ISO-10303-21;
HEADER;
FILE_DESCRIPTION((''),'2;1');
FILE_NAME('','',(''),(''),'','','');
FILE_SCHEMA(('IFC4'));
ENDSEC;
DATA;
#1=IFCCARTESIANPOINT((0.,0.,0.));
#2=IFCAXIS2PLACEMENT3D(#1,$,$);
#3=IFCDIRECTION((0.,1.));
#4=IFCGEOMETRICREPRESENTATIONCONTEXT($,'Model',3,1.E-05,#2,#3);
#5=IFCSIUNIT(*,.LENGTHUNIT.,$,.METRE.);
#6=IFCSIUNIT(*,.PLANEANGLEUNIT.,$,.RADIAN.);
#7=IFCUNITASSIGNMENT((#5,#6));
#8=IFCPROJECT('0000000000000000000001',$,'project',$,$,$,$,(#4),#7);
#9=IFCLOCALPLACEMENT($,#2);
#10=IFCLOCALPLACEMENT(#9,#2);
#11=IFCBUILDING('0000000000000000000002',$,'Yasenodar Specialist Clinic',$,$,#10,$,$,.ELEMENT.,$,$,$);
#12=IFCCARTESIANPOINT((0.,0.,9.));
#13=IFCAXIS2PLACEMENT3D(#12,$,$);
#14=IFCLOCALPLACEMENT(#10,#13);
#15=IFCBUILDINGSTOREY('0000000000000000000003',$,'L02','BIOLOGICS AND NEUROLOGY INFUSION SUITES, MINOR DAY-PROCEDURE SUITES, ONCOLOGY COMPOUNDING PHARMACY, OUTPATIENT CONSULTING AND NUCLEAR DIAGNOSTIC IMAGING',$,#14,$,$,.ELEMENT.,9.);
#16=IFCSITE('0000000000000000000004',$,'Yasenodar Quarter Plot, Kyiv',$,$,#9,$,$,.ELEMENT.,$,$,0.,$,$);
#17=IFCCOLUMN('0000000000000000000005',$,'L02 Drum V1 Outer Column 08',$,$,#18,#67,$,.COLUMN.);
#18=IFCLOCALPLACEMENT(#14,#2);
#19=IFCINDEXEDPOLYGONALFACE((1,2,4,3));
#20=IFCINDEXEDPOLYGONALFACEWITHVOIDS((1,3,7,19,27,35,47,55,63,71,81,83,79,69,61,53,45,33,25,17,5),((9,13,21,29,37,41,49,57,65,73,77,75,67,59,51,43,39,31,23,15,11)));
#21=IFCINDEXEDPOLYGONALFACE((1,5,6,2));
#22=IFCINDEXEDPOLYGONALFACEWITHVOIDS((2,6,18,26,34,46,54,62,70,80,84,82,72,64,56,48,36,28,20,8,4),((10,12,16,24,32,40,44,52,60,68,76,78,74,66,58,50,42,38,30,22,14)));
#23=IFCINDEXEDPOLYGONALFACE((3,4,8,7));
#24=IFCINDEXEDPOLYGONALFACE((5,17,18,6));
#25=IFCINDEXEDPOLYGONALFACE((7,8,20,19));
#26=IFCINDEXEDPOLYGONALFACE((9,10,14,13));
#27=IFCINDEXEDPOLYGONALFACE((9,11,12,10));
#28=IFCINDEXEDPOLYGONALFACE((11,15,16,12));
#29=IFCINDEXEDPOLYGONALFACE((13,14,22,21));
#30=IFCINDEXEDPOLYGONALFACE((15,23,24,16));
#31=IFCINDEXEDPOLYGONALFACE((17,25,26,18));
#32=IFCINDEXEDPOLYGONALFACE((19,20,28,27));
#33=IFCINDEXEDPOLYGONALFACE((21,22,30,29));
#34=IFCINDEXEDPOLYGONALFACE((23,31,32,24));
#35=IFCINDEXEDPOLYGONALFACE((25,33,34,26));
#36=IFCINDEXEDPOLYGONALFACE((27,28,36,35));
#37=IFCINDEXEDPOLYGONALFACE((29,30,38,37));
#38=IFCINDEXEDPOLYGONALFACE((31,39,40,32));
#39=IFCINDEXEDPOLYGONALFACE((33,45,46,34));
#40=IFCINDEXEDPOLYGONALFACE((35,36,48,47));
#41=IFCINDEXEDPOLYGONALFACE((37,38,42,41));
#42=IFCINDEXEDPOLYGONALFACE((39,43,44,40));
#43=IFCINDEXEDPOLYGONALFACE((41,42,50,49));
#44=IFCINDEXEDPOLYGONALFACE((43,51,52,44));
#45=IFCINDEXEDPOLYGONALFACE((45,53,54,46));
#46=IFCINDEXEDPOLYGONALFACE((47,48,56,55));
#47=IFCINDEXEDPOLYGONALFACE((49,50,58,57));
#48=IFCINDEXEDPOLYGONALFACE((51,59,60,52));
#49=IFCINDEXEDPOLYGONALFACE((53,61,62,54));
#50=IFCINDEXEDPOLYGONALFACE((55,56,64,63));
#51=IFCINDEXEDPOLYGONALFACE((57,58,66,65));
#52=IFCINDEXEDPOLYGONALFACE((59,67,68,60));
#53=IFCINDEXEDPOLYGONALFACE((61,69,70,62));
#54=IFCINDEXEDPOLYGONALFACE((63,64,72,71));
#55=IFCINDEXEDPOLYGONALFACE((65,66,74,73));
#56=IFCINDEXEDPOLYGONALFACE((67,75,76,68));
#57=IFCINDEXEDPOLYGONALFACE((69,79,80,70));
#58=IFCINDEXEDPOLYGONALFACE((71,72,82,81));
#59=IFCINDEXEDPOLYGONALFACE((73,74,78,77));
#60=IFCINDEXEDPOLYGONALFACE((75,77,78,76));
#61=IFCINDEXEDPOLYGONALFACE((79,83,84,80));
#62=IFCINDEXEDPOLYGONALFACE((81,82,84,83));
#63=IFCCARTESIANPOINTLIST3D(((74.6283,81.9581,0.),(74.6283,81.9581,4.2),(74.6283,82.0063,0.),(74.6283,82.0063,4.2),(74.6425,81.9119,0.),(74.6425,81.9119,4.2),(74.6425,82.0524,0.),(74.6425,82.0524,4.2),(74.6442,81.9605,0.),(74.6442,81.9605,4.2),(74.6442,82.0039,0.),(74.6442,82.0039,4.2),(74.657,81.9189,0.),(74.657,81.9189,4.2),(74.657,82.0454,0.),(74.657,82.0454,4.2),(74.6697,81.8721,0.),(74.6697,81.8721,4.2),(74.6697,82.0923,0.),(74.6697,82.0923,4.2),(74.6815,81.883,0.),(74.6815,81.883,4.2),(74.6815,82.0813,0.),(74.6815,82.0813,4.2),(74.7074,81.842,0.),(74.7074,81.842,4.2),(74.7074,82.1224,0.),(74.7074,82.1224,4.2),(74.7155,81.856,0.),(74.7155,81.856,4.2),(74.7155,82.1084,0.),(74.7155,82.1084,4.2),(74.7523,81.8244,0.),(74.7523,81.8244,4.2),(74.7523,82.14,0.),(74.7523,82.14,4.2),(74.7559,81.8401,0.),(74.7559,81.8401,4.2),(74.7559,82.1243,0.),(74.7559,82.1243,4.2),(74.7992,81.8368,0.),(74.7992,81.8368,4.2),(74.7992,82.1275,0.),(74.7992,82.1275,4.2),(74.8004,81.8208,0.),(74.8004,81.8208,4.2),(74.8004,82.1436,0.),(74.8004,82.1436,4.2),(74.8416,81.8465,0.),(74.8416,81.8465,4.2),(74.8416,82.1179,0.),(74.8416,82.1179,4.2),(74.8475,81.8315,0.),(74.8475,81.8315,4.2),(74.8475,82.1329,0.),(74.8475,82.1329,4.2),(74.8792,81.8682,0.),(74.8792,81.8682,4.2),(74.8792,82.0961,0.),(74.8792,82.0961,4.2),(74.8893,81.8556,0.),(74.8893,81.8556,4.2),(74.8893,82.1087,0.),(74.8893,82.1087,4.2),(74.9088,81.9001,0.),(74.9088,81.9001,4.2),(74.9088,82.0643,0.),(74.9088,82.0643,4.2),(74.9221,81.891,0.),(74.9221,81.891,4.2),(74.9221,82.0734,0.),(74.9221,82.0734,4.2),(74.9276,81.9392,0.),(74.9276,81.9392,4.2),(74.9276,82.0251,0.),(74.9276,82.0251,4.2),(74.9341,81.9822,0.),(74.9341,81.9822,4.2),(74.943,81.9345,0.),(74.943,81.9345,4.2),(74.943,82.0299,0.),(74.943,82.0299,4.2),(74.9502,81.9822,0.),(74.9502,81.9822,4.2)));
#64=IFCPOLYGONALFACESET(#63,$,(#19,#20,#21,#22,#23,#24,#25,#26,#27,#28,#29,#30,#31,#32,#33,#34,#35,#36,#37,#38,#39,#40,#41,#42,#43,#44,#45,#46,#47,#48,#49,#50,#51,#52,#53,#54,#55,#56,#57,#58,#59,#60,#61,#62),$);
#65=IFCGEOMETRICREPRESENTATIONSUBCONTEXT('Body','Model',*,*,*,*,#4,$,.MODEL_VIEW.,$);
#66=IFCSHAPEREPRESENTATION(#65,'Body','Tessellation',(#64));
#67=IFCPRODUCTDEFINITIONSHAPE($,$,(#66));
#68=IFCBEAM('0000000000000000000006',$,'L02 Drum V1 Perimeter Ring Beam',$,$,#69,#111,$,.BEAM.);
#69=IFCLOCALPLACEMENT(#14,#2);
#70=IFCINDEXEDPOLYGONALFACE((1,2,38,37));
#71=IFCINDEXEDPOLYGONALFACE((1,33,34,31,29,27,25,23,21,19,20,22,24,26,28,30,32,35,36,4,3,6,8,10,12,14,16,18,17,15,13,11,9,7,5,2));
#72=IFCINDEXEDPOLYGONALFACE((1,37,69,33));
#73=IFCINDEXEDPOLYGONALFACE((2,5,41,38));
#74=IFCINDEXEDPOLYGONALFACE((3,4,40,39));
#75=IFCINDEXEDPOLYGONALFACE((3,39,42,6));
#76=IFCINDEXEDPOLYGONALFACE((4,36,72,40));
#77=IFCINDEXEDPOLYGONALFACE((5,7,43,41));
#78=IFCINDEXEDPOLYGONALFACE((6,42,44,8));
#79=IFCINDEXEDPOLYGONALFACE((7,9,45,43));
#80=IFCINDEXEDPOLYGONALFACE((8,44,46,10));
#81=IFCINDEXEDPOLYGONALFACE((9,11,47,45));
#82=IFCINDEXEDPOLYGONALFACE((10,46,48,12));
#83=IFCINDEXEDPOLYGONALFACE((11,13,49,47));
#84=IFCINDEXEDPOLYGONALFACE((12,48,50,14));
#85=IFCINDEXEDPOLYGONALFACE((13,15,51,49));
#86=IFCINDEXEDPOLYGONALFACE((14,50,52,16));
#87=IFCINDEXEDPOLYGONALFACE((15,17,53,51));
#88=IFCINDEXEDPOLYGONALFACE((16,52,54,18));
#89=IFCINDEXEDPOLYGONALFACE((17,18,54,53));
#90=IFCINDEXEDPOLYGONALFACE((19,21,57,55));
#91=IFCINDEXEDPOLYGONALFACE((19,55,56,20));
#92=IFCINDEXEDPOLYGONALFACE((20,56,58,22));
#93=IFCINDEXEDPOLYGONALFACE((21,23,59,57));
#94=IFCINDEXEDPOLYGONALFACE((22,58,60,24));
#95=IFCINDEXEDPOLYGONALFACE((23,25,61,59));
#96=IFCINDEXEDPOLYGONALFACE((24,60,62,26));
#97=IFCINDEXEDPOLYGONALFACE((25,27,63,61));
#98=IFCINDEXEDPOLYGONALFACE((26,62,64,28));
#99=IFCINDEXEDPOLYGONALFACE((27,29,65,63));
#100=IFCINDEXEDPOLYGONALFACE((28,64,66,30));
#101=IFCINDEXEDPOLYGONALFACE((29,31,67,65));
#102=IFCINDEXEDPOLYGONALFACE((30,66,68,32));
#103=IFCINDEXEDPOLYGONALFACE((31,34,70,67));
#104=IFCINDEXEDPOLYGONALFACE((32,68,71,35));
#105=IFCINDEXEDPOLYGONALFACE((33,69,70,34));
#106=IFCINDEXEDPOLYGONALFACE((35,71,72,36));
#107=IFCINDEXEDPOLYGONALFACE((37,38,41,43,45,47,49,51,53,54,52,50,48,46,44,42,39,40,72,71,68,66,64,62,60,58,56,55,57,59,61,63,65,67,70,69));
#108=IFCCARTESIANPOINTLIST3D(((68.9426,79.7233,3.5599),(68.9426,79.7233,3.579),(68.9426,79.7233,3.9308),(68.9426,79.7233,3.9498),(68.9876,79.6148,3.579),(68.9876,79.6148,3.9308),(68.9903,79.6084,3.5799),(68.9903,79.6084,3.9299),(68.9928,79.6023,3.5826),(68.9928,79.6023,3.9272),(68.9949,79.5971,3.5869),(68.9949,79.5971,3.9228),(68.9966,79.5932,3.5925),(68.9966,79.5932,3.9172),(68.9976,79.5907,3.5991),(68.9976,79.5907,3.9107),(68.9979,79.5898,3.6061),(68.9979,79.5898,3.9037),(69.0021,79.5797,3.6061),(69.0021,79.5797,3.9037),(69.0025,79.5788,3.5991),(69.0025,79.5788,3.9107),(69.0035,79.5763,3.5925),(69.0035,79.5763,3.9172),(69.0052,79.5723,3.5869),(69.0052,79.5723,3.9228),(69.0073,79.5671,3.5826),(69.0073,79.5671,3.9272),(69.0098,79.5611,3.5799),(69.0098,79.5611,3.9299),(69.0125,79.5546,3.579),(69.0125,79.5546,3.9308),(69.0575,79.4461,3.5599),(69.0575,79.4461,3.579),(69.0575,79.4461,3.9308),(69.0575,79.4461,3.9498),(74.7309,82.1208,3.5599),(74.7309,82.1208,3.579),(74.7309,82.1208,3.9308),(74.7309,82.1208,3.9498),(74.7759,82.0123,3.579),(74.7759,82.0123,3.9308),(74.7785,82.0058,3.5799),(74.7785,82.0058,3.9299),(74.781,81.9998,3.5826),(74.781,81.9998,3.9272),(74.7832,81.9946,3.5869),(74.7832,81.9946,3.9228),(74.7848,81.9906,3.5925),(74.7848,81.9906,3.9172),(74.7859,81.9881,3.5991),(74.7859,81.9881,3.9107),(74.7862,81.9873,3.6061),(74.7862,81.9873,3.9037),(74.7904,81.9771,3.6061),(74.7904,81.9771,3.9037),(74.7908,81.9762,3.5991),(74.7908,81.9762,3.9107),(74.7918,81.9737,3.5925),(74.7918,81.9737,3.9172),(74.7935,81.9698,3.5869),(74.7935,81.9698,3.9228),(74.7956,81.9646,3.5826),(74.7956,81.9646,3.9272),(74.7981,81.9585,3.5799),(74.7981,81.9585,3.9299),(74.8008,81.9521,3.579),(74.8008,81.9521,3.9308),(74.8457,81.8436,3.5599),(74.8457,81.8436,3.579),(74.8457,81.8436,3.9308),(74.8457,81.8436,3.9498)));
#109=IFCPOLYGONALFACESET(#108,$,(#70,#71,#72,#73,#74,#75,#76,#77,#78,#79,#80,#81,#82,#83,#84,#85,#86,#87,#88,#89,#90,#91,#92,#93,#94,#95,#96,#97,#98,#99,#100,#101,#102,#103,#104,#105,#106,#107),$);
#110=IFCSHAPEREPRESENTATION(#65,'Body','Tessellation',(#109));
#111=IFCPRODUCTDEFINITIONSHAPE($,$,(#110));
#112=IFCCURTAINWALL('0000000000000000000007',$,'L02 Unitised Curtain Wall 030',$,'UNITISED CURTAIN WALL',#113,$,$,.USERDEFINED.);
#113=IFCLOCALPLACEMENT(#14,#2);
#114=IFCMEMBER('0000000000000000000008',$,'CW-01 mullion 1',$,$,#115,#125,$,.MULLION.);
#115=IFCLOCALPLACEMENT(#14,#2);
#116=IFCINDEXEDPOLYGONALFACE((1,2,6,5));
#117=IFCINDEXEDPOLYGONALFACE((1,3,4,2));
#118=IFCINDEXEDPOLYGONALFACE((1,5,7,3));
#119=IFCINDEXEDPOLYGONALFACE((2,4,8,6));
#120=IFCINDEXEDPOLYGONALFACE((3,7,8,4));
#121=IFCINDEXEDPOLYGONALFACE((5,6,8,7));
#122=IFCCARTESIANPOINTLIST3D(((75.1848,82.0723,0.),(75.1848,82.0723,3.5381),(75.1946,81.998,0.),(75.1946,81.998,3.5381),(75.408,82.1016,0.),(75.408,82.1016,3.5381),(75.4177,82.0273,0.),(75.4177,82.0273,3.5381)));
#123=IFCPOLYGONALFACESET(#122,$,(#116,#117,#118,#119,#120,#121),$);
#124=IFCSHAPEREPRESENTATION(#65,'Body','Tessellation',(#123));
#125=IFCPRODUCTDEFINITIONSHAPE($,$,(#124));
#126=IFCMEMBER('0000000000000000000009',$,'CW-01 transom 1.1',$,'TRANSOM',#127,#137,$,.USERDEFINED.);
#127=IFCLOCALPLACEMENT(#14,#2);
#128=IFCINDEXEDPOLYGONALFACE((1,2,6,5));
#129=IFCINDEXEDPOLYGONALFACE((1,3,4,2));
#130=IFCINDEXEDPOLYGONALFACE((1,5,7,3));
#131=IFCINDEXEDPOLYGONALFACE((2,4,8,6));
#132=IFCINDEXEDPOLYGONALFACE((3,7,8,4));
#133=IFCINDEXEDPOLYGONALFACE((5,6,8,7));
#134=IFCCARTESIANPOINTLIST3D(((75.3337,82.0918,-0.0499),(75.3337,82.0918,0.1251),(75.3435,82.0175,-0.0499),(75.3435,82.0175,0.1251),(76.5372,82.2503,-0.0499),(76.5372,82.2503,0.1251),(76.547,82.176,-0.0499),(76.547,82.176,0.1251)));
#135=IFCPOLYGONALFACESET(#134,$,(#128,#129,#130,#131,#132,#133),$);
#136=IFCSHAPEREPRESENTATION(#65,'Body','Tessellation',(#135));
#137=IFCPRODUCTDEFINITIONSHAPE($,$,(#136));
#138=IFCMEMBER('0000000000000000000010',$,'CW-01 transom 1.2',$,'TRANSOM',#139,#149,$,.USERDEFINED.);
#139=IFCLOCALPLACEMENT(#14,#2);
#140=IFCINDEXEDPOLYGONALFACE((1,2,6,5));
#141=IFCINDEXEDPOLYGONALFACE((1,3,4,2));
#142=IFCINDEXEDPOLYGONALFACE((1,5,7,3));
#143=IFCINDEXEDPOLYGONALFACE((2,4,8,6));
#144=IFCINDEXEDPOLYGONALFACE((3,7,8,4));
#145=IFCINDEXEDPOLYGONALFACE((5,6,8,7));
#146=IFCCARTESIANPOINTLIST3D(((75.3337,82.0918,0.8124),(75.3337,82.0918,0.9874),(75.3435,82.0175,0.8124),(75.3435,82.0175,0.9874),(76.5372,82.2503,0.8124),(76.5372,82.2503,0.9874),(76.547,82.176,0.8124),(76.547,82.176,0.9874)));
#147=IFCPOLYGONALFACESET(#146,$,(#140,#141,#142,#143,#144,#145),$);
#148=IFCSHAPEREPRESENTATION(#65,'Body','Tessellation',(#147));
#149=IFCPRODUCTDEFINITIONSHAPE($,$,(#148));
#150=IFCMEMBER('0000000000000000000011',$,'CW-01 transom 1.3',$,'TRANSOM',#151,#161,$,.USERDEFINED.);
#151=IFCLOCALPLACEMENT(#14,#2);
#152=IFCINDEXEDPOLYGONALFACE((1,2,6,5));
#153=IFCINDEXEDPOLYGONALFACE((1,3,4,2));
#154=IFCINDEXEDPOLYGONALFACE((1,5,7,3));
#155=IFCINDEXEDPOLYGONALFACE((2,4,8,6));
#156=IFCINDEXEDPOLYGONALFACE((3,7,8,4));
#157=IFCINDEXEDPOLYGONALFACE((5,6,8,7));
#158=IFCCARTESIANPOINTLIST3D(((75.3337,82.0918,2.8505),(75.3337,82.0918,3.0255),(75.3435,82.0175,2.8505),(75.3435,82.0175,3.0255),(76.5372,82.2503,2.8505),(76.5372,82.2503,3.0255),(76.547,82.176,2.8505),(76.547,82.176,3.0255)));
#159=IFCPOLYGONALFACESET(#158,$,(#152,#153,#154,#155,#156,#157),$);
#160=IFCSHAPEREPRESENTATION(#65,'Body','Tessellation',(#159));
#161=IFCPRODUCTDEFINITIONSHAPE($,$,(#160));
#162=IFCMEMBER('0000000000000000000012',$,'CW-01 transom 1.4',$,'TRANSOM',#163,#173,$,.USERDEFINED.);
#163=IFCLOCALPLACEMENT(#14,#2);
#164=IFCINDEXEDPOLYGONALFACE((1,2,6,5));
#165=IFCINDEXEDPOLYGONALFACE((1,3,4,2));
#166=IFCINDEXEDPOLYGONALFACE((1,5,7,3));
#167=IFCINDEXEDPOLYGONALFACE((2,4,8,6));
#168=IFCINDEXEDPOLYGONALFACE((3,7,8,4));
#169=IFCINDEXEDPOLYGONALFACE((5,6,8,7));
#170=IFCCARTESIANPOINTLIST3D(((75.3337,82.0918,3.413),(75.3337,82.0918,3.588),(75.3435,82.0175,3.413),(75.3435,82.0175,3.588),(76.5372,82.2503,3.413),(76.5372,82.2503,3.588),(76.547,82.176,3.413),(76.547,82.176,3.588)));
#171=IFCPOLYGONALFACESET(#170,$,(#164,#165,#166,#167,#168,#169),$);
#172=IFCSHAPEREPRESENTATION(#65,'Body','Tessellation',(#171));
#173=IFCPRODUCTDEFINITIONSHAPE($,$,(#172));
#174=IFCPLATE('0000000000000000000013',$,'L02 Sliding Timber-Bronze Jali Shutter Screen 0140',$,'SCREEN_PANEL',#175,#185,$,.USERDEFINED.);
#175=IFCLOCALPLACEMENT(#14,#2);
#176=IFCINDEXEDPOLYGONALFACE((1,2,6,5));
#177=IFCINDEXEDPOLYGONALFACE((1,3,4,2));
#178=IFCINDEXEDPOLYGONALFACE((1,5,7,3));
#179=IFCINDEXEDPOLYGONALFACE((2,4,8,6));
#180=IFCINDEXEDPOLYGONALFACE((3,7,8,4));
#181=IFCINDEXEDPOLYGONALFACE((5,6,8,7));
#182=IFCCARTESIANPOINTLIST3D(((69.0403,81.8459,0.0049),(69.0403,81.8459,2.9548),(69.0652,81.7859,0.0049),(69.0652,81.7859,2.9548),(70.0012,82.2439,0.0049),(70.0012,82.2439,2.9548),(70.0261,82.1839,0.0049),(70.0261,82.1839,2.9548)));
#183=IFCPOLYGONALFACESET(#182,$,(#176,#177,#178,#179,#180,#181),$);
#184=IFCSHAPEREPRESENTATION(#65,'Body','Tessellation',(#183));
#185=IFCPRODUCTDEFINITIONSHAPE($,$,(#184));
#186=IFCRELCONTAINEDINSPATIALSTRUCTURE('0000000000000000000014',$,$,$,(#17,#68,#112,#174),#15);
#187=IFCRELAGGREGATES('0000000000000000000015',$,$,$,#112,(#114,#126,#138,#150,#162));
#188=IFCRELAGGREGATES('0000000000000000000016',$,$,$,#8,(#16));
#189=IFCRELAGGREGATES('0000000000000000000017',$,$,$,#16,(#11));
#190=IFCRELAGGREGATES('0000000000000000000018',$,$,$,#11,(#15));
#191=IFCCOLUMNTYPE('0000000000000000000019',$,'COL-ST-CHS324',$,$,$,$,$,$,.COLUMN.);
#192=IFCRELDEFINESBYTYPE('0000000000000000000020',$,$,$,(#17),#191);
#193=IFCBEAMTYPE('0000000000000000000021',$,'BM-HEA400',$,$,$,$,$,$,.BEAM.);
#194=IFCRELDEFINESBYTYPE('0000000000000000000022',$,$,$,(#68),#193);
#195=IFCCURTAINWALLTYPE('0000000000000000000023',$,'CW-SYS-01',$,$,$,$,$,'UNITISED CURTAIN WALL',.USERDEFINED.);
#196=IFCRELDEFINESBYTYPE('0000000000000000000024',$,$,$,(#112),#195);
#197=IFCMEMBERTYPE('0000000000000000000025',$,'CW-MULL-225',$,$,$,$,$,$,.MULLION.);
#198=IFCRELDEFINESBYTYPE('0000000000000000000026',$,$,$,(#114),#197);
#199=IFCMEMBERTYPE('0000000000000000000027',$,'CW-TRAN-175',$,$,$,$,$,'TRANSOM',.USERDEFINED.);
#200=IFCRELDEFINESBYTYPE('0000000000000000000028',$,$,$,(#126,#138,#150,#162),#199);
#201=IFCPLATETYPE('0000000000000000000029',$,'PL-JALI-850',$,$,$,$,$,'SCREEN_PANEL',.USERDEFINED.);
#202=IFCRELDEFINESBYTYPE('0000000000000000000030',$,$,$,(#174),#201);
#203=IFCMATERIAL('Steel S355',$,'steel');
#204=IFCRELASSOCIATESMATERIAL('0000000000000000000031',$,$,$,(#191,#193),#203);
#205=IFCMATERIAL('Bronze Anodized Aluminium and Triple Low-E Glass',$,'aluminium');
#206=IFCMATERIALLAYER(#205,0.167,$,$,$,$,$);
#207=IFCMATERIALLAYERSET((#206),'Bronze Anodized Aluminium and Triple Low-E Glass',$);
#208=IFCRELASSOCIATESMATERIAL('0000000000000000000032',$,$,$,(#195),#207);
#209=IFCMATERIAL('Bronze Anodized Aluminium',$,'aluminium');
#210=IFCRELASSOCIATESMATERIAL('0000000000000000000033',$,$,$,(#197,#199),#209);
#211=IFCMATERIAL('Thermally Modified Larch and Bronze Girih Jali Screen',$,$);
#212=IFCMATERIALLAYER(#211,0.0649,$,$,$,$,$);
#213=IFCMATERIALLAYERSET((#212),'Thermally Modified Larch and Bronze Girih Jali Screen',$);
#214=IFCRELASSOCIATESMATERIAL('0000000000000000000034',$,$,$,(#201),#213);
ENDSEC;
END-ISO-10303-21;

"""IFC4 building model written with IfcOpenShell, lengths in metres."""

from ifc_helpers import new_model, si_unit, direction, frame, origin, origin_2d, place, context, subcontext, project, spatial, rectangle, hollow_circle, i_section, extrude, material, layer, layer_set, material_profile, profile_set, type_object, element, aggregate, save


model = new_model("IFC4")

# Units and contexts
model_context = context("Model", 3, precision=1e-05, world=origin(), true_north=direction((0.0, 1.0)))
body_context = subcontext(model_context, "Body", "Model", "MODEL_VIEW")
ifc_project = project(units=[si_unit("LENGTHUNIT", "METRE"), si_unit("PLANEANGLEUNIT", "RADIAN")], contexts=[model_context])

# Site, building, storey
site_placement = place(None, origin())
site = spatial("IfcSite", under=ifc_project, at=site_placement, Name="Yasenodar Quarter Plot, Kyiv", CompositionType="ELEMENT", RefElevation=0.0)
building_placement = place(site_placement, origin())
building = spatial("IfcBuilding", under=site, at=building_placement, Name="Yasenodar Specialist Clinic", CompositionType="ELEMENT")
storey_placement = place(building_placement, frame((0.0, 0.0, 9.0)))
storey = spatial("IfcBuildingStorey", under=building, at=storey_placement, Name="L02", Description="BIOLOGICS AND NEUROLOGY INFUSION SUITES, MINOR DAY-PROCEDURE SUITES, ONCOLOGY COMPOUNDING PHARMACY, OUTPATIENT CONSULTING AND NUCLEAR DIAGNOSTIC IMAGING", CompositionType="ELEMENT", Elevation=9.0)

# Column
ifc_material_1 = material(Name="Steel S355", Category="steel")
ifc_material_profile_1 = material_profile(ifc_material_1, hollow_circle(Radius=0.1619, WallThickness=0.0161, at=origin_2d()), Name="CHS 323.9x16")
ifc_profile_set_1 = profile_set([ifc_material_profile_1], Name="Steel S355")
column_type = type_object("IfcColumnType", Name="COL-ST-CHS324", PredefinedType="COLUMN", material=ifc_profile_set_1)
column_placement = place(storey_placement, frame((74.7883, 81.9822, 0.0), z_axis=(0.0, 0.0, 1.0), x_axis=(1.0, 0.0, 0.0)))
element("IfcColumn", 1, at=column_placement, inside=storey, type_object=column_type, Name="L02 Drum V1 Outer Column 08", PredefinedType="COLUMN", context=body_context, shape_type="SweptSolid", body=[
    extrude(hollow_circle(Radius=0.1619, WallThickness=0.0161, at=origin_2d()), origin(), (0.0, 0.0, 1.0), 4.2),
])

# Beam
ifc_material_profile_2 = material_profile(ifc_material_1, i_section(OverallWidth=0.3, OverallDepth=0.3899, WebThickness=0.011, FlangeThickness=0.019, FilletRadius=0.0271, at=origin_2d()), Name="HEA 400")
ifc_profile_set_2 = profile_set([ifc_material_profile_2], Name="Steel S355")
beam_type = type_object("IfcBeamType", Name="BM-HEA400", PredefinedType="BEAM", material=ifc_profile_set_2)
beam_placement = place(storey_placement, frame((74.7883, 81.9822, 3.7549), z_axis=(-0.923888, -0.382664, 0.0), x_axis=(0.382664, -0.923888, 0.0)))
element("IfcBeam", 2, at=beam_placement, inside=storey, type_object=beam_type, Name="L02 Drum V1 Perimeter Ring Beam", PredefinedType="BEAM", context=body_context, shape_type="SweptSolid", body=[
    extrude(i_section(OverallWidth=0.3, OverallDepth=0.3899, WebThickness=0.011, FlangeThickness=0.019, FilletRadius=0.0271, at=origin_2d()), origin(), (0.0, 0.0, 1.0), 6.2651),
])

# Curtain wall, members
ifc_material_2 = material(Name="Bronze Anodized Aluminium and Triple Low-E Glass", Category="aluminium")
ifc_layer_1 = layer(ifc_material_2, 0.167)
ifc_layer_set_1 = layer_set([ifc_layer_1], Name="Bronze Anodized Aluminium and Triple Low-E Glass")
curtain_wall_type = type_object("IfcCurtainWallType", Name="CW-SYS-01", ElementType="UNITISED CURTAIN WALL", PredefinedType="USERDEFINED", material=ifc_layer_set_1)
curtain_wall_placement = place(storey_placement, origin())
curtain_wall = element("IfcCurtainWall", 3, at=curtain_wall_placement, inside=storey, type_object=curtain_wall_type, Name="L02 Unitised Curtain Wall 030", ObjectType="UNITISED CURTAIN WALL", PredefinedType="USERDEFINED")
ifc_material_3 = material(Name="Bronze Anodized Aluminium", Category="aluminium")
ifc_material_profile_3 = material_profile(ifc_material_3, rectangle(XDim=0.075, YDim=0.2251, at=origin_2d()), Name="CW-MULL 75x225")
ifc_profile_set_3 = profile_set([ifc_material_profile_3], Name="Bronze Anodized Aluminium")
member_type_1 = type_object("IfcMemberType", Name="CW-MULL-225", PredefinedType="MULLION", material=ifc_profile_set_3)
member_1_placement = place(storey_placement, frame((75.3013, 82.0498, 0.0), z_axis=(0.0, 0.0, 1.0), x_axis=(-0.130512, 0.991447, 0.0)))
member_1 = element("IfcMember", 4, at=member_1_placement, type_object=member_type_1, Name="CW-01 mullion 1", PredefinedType="MULLION", context=body_context, shape_type="SweptSolid", body=[
    extrude(rectangle(XDim=0.075, YDim=0.2251, at=origin_2d()), origin(), (0.0, 0.0, 1.0), 3.5381),
])
ifc_material_profile_4 = material_profile(ifc_material_3, rectangle(XDim=0.075, YDim=0.175, at=origin_2d()), Name="CW-TRAN 75x175")
ifc_profile_set_4 = profile_set([ifc_material_profile_4], Name="Bronze Anodized Aluminium")
member_type_2 = type_object("IfcMemberType", Name="CW-TRAN-175", ElementType="TRANSOM", PredefinedType="USERDEFINED", material=ifc_profile_set_4)
member_2_placement = place(storey_placement, frame((75.3386, 82.0547, 0.0376), z_axis=(0.991443, 0.130543, 0.0), x_axis=(-0.130543, 0.991443, 0.0)))
member_2 = element("IfcMember", 5, at=member_2_placement, type_object=member_type_2, Name="CW-01 transom 1.1", ObjectType="TRANSOM", PredefinedType="USERDEFINED", context=body_context, shape_type="SweptSolid", body=[
    extrude(rectangle(XDim=0.075, YDim=0.175, at=origin_2d()), origin(), (0.0, 0.0, 1.0), 1.2139),
])
member_3_placement = place(storey_placement, frame((75.3386, 82.0547, 0.8999), z_axis=(0.991443, 0.130543, 0.0), x_axis=(-0.130543, 0.991443, 0.0)))
member_3 = element("IfcMember", 6, at=member_3_placement, type_object=member_type_2, Name="CW-01 transom 1.2", ObjectType="TRANSOM", PredefinedType="USERDEFINED", context=body_context, shape_type="SweptSolid", body=[
    extrude(rectangle(XDim=0.075, YDim=0.175, at=origin_2d()), origin(), (0.0, 0.0, 1.0), 1.2139),
])
member_4_placement = place(storey_placement, frame((75.3386, 82.0547, 2.938), z_axis=(0.991443, 0.130543, 0.0), x_axis=(-0.130543, 0.991443, 0.0)))
member_4 = element("IfcMember", 7, at=member_4_placement, type_object=member_type_2, Name="CW-01 transom 1.3", ObjectType="TRANSOM", PredefinedType="USERDEFINED", context=body_context, shape_type="SweptSolid", body=[
    extrude(rectangle(XDim=0.075, YDim=0.175, at=origin_2d()), origin(), (0.0, 0.0, 1.0), 1.2139),
])
member_5_placement = place(storey_placement, frame((75.3386, 82.0547, 3.5005), z_axis=(0.991443, 0.130543, 0.0), x_axis=(-0.130543, 0.991443, 0.0)))
member_5 = element("IfcMember", 8, at=member_5_placement, type_object=member_type_2, Name="CW-01 transom 1.4", ObjectType="TRANSOM", PredefinedType="USERDEFINED", context=body_context, shape_type="SweptSolid", body=[
    extrude(rectangle(XDim=0.075, YDim=0.175, at=origin_2d()), origin(), (0.0, 0.0, 1.0), 1.2139),
])
aggregate(curtain_wall, [member_1, member_2, member_3, member_4, member_5])

# Plate
ifc_material_4 = material(Name="Thermally Modified Larch and Bronze Girih Jali Screen")
ifc_layer_2 = layer(ifc_material_4, 0.0649)
ifc_layer_set_2 = layer_set([ifc_layer_2], Name="Thermally Modified Larch and Bronze Girih Jali Screen")
plate_type = type_object("IfcPlateType", Name="PL-JALI-850", ElementType="SCREEN_PANEL", PredefinedType="USERDEFINED", material=ifc_layer_set_2)
plate_placement = place(storey_placement, frame((69.5332, 82.0149, 0.0049), z_axis=(0.0, 0.0, 1.0), x_axis=(-0.923878, -0.382687, 0.0)))
element("IfcPlate", 9, at=plate_placement, inside=storey, type_object=plate_type, Name="L02 Sliding Timber-Bronze Jali Shutter Screen 0140", ObjectType="SCREEN_PANEL", PredefinedType="USERDEFINED", context=body_context, shape_type="SweptSolid", body=[
    extrude(rectangle(XDim=1.04, YDim=0.0649, at=origin_2d()), origin(), (0.0, 0.0, 1.0), 2.95),
])

save(model, "model.ifc")
